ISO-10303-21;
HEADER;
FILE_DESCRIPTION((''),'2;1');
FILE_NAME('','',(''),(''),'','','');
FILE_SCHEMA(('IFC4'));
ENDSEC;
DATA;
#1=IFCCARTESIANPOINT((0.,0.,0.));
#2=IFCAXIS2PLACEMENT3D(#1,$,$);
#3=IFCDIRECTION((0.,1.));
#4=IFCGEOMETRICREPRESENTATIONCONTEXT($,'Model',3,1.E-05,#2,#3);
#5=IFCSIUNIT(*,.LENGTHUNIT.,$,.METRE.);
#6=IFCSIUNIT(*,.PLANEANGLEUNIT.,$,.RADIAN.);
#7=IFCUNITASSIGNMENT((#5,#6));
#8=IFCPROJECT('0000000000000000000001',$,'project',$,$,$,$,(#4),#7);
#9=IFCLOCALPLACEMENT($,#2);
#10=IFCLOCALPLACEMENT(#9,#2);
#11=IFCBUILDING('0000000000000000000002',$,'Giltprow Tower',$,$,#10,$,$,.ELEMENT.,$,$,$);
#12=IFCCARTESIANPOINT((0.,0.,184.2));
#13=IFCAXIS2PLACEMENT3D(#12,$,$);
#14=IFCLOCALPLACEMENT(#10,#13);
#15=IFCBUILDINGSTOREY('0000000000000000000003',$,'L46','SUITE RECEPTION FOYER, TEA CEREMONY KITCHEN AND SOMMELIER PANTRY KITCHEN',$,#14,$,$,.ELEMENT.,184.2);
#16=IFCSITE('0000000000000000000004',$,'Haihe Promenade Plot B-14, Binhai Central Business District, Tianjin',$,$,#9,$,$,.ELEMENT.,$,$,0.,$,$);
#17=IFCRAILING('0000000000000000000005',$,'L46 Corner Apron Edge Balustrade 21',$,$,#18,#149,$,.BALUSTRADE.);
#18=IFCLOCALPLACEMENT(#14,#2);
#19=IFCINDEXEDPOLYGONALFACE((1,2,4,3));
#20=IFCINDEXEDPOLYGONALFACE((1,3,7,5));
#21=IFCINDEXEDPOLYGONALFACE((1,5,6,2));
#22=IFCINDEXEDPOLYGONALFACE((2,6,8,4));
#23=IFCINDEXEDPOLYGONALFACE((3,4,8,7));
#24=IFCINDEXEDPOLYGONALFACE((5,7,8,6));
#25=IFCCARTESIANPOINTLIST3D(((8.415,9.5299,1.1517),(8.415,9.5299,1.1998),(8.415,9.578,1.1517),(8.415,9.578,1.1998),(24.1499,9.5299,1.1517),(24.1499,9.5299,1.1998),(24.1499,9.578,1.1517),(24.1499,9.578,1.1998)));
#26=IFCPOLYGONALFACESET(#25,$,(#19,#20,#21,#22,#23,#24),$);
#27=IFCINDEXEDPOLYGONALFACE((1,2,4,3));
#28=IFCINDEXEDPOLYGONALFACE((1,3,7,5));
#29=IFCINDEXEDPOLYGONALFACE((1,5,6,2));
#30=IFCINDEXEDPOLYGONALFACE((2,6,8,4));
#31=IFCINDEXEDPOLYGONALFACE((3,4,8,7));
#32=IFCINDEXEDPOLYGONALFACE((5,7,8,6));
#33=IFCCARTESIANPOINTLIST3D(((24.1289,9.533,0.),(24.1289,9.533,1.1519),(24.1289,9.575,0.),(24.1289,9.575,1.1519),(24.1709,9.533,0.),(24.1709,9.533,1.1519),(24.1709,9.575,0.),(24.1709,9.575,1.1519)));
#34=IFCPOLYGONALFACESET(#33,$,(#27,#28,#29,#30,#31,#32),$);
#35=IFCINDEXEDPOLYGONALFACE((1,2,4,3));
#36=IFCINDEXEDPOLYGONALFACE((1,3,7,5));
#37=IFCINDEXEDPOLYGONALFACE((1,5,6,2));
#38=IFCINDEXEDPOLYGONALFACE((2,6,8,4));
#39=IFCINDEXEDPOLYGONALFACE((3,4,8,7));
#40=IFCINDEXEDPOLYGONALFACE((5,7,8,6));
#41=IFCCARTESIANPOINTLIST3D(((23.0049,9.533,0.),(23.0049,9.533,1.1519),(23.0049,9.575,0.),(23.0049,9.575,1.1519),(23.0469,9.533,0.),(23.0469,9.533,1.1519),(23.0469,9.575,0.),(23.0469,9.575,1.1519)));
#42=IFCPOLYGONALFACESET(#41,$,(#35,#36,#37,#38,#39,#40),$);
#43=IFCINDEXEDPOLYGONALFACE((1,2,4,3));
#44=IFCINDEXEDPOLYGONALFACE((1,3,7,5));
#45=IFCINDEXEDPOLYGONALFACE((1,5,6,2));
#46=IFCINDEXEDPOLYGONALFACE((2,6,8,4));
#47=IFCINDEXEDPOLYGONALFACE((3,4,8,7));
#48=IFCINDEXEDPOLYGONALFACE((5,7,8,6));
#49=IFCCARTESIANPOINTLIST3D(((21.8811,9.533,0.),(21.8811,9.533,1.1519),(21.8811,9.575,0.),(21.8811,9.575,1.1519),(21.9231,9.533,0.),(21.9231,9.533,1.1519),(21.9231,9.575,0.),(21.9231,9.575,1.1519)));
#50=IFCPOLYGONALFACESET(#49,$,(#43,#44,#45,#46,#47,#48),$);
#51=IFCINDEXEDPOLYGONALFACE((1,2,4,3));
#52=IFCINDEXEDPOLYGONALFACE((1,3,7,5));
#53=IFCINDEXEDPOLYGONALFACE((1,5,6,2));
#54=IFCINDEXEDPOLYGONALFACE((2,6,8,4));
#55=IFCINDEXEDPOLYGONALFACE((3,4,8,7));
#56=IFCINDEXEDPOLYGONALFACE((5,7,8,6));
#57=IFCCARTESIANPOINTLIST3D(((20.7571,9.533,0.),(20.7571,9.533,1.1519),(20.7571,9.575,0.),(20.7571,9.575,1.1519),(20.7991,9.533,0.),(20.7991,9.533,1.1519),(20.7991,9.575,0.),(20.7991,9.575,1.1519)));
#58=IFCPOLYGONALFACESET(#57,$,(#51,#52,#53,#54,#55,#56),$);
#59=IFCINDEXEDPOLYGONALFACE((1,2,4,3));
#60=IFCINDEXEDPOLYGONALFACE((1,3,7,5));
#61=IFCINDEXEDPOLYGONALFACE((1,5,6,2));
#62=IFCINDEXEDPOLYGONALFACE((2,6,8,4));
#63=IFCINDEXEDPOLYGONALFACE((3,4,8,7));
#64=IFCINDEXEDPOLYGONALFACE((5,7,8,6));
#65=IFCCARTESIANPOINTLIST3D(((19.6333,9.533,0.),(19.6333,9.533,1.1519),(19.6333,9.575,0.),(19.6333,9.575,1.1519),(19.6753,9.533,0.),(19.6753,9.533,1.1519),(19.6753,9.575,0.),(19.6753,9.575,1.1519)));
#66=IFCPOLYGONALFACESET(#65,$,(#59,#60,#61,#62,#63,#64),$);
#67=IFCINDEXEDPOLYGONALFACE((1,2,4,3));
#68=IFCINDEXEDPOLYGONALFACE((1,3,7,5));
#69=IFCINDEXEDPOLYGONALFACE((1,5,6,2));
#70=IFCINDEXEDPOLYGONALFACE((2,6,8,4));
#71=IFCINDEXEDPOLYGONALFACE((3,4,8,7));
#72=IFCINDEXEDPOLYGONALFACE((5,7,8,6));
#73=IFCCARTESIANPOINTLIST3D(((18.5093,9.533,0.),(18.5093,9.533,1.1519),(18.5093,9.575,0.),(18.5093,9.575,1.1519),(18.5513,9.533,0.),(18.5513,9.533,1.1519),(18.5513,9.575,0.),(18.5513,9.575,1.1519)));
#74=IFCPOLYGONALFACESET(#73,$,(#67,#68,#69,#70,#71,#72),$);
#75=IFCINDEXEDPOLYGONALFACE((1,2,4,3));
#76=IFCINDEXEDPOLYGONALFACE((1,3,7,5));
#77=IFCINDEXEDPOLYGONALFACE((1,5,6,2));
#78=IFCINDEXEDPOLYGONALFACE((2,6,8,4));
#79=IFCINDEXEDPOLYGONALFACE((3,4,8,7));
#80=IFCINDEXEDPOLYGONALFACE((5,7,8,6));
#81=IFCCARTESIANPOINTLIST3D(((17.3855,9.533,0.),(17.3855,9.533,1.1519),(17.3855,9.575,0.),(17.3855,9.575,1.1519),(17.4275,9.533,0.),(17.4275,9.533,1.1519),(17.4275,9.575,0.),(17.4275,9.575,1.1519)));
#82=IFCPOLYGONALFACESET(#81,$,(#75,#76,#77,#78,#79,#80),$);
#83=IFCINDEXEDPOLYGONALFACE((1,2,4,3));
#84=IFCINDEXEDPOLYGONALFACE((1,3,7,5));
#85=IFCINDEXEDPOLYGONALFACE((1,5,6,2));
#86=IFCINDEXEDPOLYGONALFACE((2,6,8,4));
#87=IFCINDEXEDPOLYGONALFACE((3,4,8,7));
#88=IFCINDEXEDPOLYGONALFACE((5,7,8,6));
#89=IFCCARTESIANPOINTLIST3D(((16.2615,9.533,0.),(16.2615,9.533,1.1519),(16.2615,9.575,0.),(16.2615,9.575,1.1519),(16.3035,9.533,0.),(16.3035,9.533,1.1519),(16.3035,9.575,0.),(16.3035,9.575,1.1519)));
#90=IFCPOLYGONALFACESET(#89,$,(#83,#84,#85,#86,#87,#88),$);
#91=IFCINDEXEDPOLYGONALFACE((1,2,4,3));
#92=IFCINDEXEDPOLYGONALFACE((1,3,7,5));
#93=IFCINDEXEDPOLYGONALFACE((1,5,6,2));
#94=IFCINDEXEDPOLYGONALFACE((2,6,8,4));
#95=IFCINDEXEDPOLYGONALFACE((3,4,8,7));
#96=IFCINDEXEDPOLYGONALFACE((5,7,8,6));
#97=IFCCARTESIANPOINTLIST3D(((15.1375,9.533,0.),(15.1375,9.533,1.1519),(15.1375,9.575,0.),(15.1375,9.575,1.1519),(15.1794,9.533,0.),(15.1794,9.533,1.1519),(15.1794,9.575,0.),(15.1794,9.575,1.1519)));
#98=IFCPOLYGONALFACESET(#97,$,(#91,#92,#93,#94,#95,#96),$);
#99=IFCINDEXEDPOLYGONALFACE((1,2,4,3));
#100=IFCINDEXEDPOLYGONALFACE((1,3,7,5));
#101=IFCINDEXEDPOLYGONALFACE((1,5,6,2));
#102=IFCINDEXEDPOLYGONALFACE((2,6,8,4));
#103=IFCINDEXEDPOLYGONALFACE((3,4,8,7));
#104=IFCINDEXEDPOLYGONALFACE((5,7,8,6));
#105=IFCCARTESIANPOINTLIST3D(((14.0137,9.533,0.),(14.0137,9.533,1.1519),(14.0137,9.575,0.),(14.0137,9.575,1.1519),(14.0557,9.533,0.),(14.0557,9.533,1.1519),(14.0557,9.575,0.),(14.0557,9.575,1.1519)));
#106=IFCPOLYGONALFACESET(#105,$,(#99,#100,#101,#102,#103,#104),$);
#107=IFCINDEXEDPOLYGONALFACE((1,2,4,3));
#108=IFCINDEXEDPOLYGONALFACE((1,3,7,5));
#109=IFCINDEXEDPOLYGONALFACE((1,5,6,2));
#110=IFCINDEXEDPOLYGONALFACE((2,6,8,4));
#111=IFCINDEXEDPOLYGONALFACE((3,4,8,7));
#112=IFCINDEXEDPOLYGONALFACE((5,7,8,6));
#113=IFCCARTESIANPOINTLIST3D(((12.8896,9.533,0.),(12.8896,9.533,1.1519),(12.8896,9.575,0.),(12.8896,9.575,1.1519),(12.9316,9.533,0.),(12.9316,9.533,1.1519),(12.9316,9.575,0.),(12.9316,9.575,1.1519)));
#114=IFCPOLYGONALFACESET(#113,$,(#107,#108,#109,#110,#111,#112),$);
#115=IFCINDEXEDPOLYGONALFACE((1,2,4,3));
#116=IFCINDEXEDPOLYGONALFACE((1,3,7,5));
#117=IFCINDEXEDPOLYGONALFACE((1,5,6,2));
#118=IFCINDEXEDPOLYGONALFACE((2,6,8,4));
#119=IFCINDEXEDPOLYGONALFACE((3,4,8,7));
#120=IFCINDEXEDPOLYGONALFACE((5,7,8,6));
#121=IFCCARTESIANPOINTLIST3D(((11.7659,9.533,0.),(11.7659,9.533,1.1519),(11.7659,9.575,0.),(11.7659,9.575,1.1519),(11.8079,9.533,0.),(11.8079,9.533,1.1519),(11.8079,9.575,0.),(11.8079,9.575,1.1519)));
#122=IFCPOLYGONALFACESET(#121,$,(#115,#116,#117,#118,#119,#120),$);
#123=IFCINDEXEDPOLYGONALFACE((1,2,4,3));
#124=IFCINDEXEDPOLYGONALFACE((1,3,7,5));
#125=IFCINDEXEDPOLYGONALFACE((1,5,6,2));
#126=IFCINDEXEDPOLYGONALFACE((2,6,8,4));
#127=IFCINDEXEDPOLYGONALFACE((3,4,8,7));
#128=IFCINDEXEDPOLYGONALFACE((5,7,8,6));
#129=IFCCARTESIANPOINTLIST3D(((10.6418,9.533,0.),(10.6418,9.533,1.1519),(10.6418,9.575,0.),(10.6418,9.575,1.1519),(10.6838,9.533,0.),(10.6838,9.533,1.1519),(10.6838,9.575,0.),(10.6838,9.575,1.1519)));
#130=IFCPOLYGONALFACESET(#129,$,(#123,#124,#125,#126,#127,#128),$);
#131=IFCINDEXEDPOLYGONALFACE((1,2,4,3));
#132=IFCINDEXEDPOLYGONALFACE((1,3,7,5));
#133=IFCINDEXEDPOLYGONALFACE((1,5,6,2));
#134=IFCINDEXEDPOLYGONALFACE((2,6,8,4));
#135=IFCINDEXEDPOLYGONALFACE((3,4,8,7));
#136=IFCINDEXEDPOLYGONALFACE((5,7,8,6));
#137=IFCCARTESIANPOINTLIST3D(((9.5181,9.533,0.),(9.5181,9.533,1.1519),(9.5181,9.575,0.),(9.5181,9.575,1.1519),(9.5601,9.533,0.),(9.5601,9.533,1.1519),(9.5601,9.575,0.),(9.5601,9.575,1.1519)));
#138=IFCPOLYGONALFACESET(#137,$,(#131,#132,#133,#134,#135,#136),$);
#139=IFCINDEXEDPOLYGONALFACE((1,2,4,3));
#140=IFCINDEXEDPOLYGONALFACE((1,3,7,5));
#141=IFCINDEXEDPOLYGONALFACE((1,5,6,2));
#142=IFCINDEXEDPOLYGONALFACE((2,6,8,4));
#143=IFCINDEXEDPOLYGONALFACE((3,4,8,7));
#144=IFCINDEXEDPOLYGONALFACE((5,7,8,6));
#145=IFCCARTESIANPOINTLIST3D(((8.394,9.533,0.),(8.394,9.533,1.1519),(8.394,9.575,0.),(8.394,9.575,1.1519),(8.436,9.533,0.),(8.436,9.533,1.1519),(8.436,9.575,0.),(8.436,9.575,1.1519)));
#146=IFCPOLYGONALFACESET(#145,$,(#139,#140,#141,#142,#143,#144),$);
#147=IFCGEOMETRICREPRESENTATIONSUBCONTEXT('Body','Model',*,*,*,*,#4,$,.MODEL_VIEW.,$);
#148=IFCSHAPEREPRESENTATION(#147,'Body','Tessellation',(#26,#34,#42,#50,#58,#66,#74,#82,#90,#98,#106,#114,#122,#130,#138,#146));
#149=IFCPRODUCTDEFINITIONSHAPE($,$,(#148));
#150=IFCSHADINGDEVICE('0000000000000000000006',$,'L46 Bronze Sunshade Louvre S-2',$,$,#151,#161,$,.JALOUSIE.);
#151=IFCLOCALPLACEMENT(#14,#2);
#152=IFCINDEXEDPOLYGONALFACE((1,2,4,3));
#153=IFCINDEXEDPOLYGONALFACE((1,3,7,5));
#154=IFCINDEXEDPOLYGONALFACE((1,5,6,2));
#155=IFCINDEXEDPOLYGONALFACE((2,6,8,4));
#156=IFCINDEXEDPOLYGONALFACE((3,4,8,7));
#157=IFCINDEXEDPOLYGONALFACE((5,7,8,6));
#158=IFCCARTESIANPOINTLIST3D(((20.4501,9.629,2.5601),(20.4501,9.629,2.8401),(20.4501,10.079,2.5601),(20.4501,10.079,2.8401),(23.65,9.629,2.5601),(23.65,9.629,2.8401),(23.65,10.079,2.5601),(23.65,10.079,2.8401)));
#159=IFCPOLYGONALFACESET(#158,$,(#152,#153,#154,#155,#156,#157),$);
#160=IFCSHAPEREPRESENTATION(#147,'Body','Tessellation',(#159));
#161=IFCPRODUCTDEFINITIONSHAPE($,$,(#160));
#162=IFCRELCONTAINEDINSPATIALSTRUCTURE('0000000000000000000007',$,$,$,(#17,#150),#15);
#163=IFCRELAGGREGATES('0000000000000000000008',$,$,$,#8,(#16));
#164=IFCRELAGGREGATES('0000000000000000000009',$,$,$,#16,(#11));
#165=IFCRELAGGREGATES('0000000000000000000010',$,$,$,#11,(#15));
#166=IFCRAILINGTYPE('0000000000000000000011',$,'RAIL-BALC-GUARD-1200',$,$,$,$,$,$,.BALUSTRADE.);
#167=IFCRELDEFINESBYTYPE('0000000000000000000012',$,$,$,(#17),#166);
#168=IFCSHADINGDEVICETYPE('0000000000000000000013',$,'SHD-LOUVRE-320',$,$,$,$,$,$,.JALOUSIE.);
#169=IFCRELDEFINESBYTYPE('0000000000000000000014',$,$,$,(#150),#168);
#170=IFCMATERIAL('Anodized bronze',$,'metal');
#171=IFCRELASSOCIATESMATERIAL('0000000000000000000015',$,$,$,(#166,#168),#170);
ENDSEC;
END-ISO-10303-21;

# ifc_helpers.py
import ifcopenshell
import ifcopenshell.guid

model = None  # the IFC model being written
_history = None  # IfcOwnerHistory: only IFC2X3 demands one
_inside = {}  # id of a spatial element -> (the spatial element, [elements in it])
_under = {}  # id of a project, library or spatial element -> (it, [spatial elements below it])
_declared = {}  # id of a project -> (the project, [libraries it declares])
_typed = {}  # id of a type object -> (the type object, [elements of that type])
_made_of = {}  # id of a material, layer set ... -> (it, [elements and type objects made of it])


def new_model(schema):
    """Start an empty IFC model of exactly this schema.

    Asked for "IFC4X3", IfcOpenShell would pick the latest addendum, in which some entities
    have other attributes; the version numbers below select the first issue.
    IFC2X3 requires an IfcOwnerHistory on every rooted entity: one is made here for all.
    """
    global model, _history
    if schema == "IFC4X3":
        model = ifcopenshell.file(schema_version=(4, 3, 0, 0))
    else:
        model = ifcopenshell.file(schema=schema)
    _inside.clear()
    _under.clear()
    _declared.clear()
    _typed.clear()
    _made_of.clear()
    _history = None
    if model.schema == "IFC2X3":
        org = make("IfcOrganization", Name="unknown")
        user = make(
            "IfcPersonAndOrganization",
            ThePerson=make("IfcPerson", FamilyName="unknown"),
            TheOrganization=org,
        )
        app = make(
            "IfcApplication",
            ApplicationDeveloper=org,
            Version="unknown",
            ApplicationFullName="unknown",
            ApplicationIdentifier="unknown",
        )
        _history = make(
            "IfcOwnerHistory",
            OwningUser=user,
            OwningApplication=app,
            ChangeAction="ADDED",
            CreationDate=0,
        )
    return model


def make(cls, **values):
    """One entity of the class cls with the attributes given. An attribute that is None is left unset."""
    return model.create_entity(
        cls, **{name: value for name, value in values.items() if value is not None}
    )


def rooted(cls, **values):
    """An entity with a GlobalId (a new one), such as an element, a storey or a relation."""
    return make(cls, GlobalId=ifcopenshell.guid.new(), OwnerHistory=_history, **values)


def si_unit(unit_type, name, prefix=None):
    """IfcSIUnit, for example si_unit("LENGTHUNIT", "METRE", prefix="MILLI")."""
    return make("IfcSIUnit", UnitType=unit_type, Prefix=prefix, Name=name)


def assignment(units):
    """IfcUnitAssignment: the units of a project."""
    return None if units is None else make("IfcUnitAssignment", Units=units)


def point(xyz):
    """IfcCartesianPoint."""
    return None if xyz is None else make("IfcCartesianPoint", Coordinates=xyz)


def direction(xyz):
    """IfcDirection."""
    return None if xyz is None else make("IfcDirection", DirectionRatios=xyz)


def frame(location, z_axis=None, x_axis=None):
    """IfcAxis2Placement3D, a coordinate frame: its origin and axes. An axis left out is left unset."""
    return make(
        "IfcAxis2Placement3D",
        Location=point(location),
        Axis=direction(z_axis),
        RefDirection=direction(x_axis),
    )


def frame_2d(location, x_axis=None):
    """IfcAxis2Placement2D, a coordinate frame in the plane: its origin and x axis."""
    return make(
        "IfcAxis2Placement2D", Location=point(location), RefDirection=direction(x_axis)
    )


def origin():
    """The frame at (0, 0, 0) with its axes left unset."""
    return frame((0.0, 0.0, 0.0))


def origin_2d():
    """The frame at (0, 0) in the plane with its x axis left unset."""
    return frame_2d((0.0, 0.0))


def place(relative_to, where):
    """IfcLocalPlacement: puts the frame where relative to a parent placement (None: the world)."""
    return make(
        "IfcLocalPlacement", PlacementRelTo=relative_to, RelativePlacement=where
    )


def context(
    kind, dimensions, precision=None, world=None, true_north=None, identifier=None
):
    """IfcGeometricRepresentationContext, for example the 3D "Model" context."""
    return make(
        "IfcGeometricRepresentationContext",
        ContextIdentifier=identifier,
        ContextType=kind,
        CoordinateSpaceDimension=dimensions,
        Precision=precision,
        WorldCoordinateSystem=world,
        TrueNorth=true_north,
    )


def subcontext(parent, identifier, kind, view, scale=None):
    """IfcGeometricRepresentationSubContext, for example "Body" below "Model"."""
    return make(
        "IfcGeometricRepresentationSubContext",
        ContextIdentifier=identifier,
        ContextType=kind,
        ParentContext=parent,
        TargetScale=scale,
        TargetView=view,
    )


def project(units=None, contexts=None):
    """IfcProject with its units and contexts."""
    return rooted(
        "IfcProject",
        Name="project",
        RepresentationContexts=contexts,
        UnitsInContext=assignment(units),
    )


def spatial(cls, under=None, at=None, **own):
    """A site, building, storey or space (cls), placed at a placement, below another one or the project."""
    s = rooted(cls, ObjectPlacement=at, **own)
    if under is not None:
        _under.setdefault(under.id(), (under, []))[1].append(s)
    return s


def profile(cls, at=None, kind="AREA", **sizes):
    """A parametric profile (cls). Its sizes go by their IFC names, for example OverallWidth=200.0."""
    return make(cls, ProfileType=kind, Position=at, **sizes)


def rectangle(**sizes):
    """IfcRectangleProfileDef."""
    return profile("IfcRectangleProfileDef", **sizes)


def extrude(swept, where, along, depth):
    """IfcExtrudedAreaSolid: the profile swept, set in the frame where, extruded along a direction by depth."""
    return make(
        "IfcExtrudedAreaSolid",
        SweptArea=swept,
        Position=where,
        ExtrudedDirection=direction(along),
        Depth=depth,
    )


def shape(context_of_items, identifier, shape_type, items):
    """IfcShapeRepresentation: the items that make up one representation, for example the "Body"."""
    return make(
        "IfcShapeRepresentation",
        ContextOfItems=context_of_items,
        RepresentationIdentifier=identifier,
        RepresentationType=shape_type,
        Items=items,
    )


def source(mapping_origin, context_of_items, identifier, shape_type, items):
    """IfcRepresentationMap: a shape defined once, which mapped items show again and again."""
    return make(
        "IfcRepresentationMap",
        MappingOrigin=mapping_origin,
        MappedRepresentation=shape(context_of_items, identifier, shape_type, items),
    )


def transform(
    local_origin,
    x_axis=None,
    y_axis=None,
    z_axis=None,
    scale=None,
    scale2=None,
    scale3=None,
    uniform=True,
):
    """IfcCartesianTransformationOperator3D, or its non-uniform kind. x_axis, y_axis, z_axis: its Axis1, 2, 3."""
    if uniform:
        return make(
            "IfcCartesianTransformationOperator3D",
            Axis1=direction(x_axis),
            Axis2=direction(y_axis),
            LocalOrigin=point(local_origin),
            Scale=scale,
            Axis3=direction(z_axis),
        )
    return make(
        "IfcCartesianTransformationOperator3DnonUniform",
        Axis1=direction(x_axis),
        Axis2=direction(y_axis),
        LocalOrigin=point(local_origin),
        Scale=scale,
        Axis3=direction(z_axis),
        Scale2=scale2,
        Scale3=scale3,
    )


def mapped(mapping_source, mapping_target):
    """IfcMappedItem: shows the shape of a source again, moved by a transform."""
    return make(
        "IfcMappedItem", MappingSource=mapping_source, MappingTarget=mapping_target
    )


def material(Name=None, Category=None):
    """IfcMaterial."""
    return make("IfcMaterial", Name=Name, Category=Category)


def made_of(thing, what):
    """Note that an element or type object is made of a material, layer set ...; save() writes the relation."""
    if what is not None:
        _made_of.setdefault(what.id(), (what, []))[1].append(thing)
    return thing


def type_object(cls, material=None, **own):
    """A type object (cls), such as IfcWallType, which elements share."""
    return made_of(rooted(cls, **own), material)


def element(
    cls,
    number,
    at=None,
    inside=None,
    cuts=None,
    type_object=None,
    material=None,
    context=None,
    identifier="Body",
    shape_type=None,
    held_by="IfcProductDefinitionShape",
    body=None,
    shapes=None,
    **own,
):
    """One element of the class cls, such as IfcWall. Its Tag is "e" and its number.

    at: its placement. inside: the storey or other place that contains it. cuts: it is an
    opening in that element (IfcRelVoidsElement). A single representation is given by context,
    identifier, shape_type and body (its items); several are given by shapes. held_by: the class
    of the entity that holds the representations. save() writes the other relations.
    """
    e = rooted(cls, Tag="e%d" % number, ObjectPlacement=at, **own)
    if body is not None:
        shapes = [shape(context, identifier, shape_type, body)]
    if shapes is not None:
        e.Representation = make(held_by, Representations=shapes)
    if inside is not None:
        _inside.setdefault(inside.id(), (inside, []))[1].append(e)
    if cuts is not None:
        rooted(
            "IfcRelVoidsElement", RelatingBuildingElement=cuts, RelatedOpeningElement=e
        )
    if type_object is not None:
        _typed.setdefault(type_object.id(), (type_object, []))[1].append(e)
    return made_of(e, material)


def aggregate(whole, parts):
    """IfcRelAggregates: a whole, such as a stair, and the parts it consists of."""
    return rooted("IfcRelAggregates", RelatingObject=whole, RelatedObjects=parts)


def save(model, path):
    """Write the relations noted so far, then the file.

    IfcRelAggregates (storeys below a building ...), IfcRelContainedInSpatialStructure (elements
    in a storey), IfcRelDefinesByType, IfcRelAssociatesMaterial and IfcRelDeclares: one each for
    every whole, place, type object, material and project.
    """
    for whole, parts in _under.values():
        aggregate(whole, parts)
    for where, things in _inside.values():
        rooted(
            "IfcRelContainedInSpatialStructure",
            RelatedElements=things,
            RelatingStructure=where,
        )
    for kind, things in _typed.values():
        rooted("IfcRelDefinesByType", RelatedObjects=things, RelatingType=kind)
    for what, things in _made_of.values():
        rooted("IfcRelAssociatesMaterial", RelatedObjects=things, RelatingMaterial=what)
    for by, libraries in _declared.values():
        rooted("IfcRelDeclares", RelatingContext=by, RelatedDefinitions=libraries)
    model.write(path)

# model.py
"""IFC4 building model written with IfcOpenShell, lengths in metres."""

from ifc_helpers import new_model, si_unit, direction, frame, origin, origin_2d, place, context, subcontext, project, spatial, rectangle, extrude, source, transform, mapped, material, type_object, element, save


model = new_model("IFC4")

# Units and contexts
model_context = context("Model", 3, precision=1e-05, world=origin(), true_north=direction((0.0, 1.0)))
body_context = subcontext(model_context, "Body", "Model", "MODEL_VIEW")
ifc_project = project(units=[si_unit("LENGTHUNIT", "METRE"), si_unit("PLANEANGLEUNIT", "RADIAN")], contexts=[model_context])

# Site, building, storey
site_placement = place(None, origin())
site = spatial("IfcSite", under=ifc_project, at=site_placement, Name="Haihe Promenade Plot B-14, Binhai Central Business District, Tianjin", CompositionType="ELEMENT", RefElevation=0.0)
building_placement = place(site_placement, origin())
building = spatial("IfcBuilding", under=site, at=building_placement, Name="Giltprow Tower", CompositionType="ELEMENT")
storey_placement = place(building_placement, frame((0.0, 0.0, 184.2)))
storey = spatial("IfcBuildingStorey", under=building, at=storey_placement, Name="L46", Description="SUITE RECEPTION FOYER, TEA CEREMONY KITCHEN AND SOMMELIER PANTRY KITCHEN", CompositionType="ELEMENT", Elevation=184.2)

# Railing
ifc_material_1 = material(Name="Anodized bronze", Category="metal")
railing_type = type_object("IfcRailingType", Name="RAIL-BALC-GUARD-1200", PredefinedType="BALUSTRADE", material=ifc_material_1)
railing_1_placement = place(storey_placement, frame((24.1499, 9.554, 0.0)))
element("IfcRailing", 1, at=railing_1_placement, inside=storey, type_object=railing_type, Name="L46 Corner Apron Edge Balustrade 21", PredefinedType="BALUSTRADE", context=body_context, shape_type="SweptSolid", body=[
    extrude(rectangle(XDim=0.0481, YDim=0.0481, at=origin_2d()), frame((0.0, 0.0, 1.1758), z_axis=(-1.0, 0.0, 0.0), x_axis=(0.0, -1.0, 0.0)), (0.0, 0.0, 1.0), 15.7349),
    extrude(rectangle(XDim=0.042, YDim=0.042, at=origin_2d()), origin(), (0.0, 0.0, 1.0), 1.1519),
    extrude(rectangle(XDim=0.042, YDim=0.042, at=origin_2d()), frame((-1.124, 0.0, 0.0)), (0.0, 0.0, 1.0), 1.1519),
    extrude(rectangle(XDim=0.042, YDim=0.042, at=origin_2d()), frame((-2.2478, 0.0, 0.0)), (0.0, 0.0, 1.0), 1.1519),
    extrude(rectangle(XDim=0.042, YDim=0.042, at=origin_2d()), frame((-3.3718, 0.0, 0.0)), (0.0, 0.0, 1.0), 1.1519),
    extrude(rectangle(XDim=0.042, YDim=0.042, at=origin_2d()), frame((-4.4956, 0.0, 0.0)), (0.0, 0.0, 1.0), 1.1519),
    extrude(rectangle(XDim=0.042, YDim=0.042, at=origin_2d()), frame((-5.6196, 0.0, 0.0)), (0.0, 0.0, 1.0), 1.1519),
    extrude(rectangle(XDim=0.042, YDim=0.042, at=origin_2d()), frame((-6.7434, 0.0, 0.0)), (0.0, 0.0, 1.0), 1.1519),
    extrude(rectangle(XDim=0.042, YDim=0.042, at=origin_2d()), frame((-7.8674, 0.0, 0.0)), (0.0, 0.0, 1.0), 1.1519),
    extrude(rectangle(XDim=0.042, YDim=0.042, at=origin_2d()), frame((-8.9915, 0.0, 0.0)), (0.0, 0.0, 1.0), 1.1519),
    extrude(rectangle(XDim=0.042, YDim=0.042, at=origin_2d()), frame((-10.1152, 0.0, 0.0)), (0.0, 0.0, 1.0), 1.1519),
    extrude(rectangle(XDim=0.042, YDim=0.042, at=origin_2d()), frame((-11.2393, 0.0, 0.0)), (0.0, 0.0, 1.0), 1.1519),
    extrude(rectangle(XDim=0.042, YDim=0.042, at=origin_2d()), frame((-12.363, 0.0, 0.0)), (0.0, 0.0, 1.0), 1.1519),
    extrude(rectangle(XDim=0.042, YDim=0.042, at=origin_2d()), frame((-13.4871, 0.0, 0.0)), (0.0, 0.0, 1.0), 1.1519),
    extrude(rectangle(XDim=0.042, YDim=0.042, at=origin_2d()), frame((-14.6108, 0.0, 0.0)), (0.0, 0.0, 1.0), 1.1519),
    extrude(rectangle(XDim=0.042, YDim=0.042, at=origin_2d()), frame((-15.7349, 0.0, 0.0)), (0.0, 0.0, 1.0), 1.1519),
])

# Shading device
shading_device_type = type_object("IfcShadingDeviceType", Name="SHD-LOUVRE-320", PredefinedType="JALOUSIE", material=ifc_material_1)
shared_shape_1 = source(origin(), body_context, "Body", "SweptSolid", [
    extrude(rectangle(XDim=3.2, YDim=0.45, at=origin_2d()), origin(), (0.0, 0.0, 1.0), 0.28),
])
shading_device_placement = place(storey_placement, frame((22.05, 9.854, 2.5601), z_axis=(0.0, 0.0, 1.0), x_axis=(1.0, 0.0, 0.0)))
element("IfcShadingDevice", 2, at=shading_device_placement, inside=storey, type_object=shading_device_type, Name="L46 Bronze Sunshade Louvre S-2", PredefinedType="JALOUSIE", context=body_context, shape_type="MappedRepresentation", body=[
    mapped(shared_shape_1, transform((0.0, 0.0, 0.0), x_axis=(1.0, 0.0, 0.0), y_axis=(0.0, 1.0, 0.0), z_axis=(0.0, 0.0, 1.0), scale=1.0)),
])

save(model, "model.ifc")
